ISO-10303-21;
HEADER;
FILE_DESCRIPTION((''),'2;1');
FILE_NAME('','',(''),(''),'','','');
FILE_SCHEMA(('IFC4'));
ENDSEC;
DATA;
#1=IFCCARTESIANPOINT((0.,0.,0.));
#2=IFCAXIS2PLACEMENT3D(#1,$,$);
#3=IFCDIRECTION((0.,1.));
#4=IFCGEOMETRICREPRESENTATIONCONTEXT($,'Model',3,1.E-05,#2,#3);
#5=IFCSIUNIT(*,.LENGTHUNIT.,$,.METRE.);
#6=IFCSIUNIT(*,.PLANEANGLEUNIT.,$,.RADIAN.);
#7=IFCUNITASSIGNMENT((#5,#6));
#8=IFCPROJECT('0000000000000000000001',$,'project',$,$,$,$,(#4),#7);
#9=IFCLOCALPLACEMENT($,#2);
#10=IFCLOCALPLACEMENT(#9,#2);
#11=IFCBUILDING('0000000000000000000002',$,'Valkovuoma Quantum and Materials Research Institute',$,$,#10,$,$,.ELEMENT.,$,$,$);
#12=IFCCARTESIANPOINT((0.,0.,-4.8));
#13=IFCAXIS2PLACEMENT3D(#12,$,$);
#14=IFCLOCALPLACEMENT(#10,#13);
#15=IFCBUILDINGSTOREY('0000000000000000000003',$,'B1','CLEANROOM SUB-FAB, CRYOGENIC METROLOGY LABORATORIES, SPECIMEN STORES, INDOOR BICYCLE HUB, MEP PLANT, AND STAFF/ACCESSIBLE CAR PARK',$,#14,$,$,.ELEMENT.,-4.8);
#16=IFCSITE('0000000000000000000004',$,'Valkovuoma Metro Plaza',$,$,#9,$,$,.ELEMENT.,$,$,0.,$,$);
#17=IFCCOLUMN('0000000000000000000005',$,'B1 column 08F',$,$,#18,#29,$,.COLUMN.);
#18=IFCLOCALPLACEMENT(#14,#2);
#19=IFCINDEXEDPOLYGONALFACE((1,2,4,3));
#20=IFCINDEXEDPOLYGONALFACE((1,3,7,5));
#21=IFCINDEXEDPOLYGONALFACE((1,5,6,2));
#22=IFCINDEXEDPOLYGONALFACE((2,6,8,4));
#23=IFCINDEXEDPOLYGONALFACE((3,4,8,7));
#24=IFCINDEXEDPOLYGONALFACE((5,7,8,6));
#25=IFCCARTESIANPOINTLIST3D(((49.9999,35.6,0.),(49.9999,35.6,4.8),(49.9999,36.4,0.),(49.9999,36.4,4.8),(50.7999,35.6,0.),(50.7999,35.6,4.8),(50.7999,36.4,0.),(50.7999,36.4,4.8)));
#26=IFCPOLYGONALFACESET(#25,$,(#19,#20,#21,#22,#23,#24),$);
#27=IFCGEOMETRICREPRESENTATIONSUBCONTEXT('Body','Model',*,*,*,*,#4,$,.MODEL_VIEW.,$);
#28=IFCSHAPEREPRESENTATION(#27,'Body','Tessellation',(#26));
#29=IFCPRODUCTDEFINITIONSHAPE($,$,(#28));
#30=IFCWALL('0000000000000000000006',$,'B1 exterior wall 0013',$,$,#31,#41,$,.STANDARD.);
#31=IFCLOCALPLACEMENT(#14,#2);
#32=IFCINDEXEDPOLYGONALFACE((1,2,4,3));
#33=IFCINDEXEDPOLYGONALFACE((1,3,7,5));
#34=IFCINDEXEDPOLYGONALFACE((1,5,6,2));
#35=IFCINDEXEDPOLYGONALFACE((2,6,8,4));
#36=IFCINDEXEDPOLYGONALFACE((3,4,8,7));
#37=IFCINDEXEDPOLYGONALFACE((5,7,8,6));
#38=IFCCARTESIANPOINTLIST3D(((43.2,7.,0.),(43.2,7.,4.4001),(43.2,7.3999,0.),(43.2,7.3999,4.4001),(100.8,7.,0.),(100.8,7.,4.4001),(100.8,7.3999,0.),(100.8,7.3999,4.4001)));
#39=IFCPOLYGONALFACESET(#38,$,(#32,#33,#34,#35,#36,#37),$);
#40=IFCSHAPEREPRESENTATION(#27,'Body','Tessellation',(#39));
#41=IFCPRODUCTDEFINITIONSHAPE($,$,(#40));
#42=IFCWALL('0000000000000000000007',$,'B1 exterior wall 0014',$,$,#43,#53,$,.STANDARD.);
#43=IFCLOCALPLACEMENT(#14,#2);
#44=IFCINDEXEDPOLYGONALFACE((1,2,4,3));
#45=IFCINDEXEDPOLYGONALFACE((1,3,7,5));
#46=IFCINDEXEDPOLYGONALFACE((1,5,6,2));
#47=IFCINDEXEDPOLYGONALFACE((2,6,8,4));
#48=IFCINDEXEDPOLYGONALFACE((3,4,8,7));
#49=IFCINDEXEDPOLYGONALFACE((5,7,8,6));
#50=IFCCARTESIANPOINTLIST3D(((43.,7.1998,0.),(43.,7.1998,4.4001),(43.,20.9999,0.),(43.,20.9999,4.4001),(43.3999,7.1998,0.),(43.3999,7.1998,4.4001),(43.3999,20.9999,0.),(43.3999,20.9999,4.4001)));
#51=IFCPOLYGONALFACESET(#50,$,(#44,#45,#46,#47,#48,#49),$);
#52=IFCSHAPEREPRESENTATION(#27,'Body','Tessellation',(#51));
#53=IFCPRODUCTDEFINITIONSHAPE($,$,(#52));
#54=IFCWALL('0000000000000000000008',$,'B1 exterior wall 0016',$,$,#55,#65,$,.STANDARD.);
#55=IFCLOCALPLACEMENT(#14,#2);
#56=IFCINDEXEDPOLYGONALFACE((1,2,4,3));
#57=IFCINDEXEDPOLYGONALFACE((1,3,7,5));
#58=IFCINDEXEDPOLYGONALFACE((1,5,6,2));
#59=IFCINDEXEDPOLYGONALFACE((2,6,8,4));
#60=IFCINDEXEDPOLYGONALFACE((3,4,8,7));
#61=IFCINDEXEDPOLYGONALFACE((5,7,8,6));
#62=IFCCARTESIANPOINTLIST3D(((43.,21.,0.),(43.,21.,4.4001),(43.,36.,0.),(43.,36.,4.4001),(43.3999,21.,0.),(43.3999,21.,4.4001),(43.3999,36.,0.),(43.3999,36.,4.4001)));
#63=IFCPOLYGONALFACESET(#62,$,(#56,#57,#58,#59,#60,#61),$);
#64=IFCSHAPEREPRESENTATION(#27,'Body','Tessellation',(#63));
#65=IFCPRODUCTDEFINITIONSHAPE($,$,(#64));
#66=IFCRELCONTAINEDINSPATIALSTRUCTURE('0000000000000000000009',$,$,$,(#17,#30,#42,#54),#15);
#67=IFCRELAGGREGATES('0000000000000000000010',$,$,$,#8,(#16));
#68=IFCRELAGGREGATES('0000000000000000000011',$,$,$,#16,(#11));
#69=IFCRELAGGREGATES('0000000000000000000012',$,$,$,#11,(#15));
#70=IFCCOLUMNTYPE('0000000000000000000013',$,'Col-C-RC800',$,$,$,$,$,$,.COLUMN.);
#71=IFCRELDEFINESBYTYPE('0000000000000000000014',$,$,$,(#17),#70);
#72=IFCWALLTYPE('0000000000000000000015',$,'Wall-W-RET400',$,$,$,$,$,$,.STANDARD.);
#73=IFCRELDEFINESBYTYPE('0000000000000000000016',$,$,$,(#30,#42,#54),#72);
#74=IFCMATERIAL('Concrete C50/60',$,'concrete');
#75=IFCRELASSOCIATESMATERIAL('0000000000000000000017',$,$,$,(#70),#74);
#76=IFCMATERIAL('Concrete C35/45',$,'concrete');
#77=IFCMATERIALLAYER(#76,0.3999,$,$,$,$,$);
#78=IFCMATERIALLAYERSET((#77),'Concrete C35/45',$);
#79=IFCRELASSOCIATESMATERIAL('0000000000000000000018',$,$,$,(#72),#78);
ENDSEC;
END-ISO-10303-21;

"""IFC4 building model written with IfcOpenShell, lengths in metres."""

from ifc_helpers import new_model, si_unit, direction, frame, frame_2d, origin, origin_2d, place, context, subcontext, project, spatial, rectangle, extrude, material, layer, layer_set, material_profile, profile_set, type_object, element, save


model = new_model("IFC4")

# Units and contexts
model_context = context("Model", 3, precision=1e-05, world=origin(), true_north=direction((0.0, 1.0)))
body_context = subcontext(model_context, "Body", "Model", "MODEL_VIEW")
ifc_project = project(units=[si_unit("LENGTHUNIT", "METRE"), si_unit("PLANEANGLEUNIT", "RADIAN")], contexts=[model_context])

# Site, building, storey
site_placement = place(None, origin())
site = spatial("IfcSite", under=ifc_project, at=site_placement, Name="Valkovuoma Metro Plaza", CompositionType="ELEMENT", RefElevation=0.0)
building_placement = place(site_placement, origin())
building = spatial("IfcBuilding", under=site, at=building_placement, Name="Valkovuoma Quantum and Materials Research Institute", CompositionType="ELEMENT")
storey_placement = place(building_placement, frame((0.0, 0.0, -4.8)))
storey = spatial("IfcBuildingStorey", under=building, at=storey_placement, Name="B1", Description="CLEANROOM SUB-FAB, CRYOGENIC METROLOGY LABORATORIES, SPECIMEN STORES, INDOOR BICYCLE HUB, MEP PLANT, AND STAFF/ACCESSIBLE CAR PARK", CompositionType="ELEMENT", Elevation=-4.8)

# Column
ifc_material_1 = material(Name="Concrete C50/60", Category="concrete")
ifc_material_profile_1 = material_profile(ifc_material_1, rectangle(XDim=0.8, YDim=0.8, at=origin_2d()), Name="Concrete C50/60")
ifc_profile_set_1 = profile_set([ifc_material_profile_1], Name="Concrete C50/60")
column_type_1 = type_object("IfcColumnType", Name="Col-C-RC800", PredefinedType="COLUMN", material=ifc_profile_set_1)
for number, where, z_axis, x_axis, name in (
    (1, (50.3999, 36.0, 0.0), (0.0, 0.0, 1.0), (1.0, 0.0, 0.0), "B1 column 08F"),
):
    element("IfcColumn", number, at=place(storey_placement, frame(where, z_axis=z_axis, x_axis=x_axis)), inside=storey, type_object=column_type_1, Name=name, PredefinedType="COLUMN", context=body_context, shape_type="SweptSolid", body=[
        extrude(rectangle(XDim=0.8, YDim=0.8, at=origin_2d()), origin(), (0.0, 0.0, 1.0), 4.8),
    ])

# Walls
ifc_material_2 = material(Name="Concrete C35/45", Category="concrete")
ifc_layer = layer(ifc_material_2, 0.3999)
ifc_layer_set = layer_set([ifc_layer], Name="Concrete C35/45")
wall_type = type_object("IfcWallType", Name="Wall-W-RET400", PredefinedType="STANDARD", material=ifc_layer_set)
wall_1_placement = place(storey_placement, frame((43.2, 7.2, 0.0), z_axis=(0.0, 0.0, 1.0), x_axis=(1.0, 0.0, 0.0)))
element("IfcWall", 2, at=wall_1_placement, inside=storey, type_object=wall_type, Name="B1 exterior wall 0013", PredefinedType="STANDARD", context=body_context, shape_type="SweptSolid", body=[
    extrude(rectangle(XDim=57.6001, YDim=0.3999, at=frame_2d((28.8, 0.0))), origin(), (0.0, 0.0, 1.0), 4.4001),
])
wall_2_placement = place(storey_placement, frame((43.2, 7.2, 0.0), z_axis=(0.0, 0.0, 1.0), x_axis=(0.0, 1.0, 0.0)))
element("IfcWall", 3, at=wall_2_placement, inside=storey, type_object=wall_type, Name="B1 exterior wall 0014", PredefinedType="STANDARD", context=body_context, shape_type="SweptSolid", body=[
    extrude(rectangle(XDim=13.8, YDim=0.3999, at=frame_2d((6.8999, 0.0))), origin(), (0.0, 0.0, 1.0), 4.4001),
])
wall_3_placement = place(storey_placement, frame((43.2, 21.0, 0.0), z_axis=(0.0, 0.0, 1.0), x_axis=(0.0, 1.0, 0.0)))
element("IfcWall", 4, at=wall_3_placement, inside=storey, type_object=wall_type, Name="B1 exterior wall 0016", PredefinedType="STANDARD", context=body_context, shape_type="SweptSolid", body=[
    extrude(rectangle(XDim=15.0, YDim=0.3999, at=frame_2d((7.5, 0.0))), origin(), (0.0, 0.0, 1.0), 4.4001),
])

save(model, "model.ifc")
